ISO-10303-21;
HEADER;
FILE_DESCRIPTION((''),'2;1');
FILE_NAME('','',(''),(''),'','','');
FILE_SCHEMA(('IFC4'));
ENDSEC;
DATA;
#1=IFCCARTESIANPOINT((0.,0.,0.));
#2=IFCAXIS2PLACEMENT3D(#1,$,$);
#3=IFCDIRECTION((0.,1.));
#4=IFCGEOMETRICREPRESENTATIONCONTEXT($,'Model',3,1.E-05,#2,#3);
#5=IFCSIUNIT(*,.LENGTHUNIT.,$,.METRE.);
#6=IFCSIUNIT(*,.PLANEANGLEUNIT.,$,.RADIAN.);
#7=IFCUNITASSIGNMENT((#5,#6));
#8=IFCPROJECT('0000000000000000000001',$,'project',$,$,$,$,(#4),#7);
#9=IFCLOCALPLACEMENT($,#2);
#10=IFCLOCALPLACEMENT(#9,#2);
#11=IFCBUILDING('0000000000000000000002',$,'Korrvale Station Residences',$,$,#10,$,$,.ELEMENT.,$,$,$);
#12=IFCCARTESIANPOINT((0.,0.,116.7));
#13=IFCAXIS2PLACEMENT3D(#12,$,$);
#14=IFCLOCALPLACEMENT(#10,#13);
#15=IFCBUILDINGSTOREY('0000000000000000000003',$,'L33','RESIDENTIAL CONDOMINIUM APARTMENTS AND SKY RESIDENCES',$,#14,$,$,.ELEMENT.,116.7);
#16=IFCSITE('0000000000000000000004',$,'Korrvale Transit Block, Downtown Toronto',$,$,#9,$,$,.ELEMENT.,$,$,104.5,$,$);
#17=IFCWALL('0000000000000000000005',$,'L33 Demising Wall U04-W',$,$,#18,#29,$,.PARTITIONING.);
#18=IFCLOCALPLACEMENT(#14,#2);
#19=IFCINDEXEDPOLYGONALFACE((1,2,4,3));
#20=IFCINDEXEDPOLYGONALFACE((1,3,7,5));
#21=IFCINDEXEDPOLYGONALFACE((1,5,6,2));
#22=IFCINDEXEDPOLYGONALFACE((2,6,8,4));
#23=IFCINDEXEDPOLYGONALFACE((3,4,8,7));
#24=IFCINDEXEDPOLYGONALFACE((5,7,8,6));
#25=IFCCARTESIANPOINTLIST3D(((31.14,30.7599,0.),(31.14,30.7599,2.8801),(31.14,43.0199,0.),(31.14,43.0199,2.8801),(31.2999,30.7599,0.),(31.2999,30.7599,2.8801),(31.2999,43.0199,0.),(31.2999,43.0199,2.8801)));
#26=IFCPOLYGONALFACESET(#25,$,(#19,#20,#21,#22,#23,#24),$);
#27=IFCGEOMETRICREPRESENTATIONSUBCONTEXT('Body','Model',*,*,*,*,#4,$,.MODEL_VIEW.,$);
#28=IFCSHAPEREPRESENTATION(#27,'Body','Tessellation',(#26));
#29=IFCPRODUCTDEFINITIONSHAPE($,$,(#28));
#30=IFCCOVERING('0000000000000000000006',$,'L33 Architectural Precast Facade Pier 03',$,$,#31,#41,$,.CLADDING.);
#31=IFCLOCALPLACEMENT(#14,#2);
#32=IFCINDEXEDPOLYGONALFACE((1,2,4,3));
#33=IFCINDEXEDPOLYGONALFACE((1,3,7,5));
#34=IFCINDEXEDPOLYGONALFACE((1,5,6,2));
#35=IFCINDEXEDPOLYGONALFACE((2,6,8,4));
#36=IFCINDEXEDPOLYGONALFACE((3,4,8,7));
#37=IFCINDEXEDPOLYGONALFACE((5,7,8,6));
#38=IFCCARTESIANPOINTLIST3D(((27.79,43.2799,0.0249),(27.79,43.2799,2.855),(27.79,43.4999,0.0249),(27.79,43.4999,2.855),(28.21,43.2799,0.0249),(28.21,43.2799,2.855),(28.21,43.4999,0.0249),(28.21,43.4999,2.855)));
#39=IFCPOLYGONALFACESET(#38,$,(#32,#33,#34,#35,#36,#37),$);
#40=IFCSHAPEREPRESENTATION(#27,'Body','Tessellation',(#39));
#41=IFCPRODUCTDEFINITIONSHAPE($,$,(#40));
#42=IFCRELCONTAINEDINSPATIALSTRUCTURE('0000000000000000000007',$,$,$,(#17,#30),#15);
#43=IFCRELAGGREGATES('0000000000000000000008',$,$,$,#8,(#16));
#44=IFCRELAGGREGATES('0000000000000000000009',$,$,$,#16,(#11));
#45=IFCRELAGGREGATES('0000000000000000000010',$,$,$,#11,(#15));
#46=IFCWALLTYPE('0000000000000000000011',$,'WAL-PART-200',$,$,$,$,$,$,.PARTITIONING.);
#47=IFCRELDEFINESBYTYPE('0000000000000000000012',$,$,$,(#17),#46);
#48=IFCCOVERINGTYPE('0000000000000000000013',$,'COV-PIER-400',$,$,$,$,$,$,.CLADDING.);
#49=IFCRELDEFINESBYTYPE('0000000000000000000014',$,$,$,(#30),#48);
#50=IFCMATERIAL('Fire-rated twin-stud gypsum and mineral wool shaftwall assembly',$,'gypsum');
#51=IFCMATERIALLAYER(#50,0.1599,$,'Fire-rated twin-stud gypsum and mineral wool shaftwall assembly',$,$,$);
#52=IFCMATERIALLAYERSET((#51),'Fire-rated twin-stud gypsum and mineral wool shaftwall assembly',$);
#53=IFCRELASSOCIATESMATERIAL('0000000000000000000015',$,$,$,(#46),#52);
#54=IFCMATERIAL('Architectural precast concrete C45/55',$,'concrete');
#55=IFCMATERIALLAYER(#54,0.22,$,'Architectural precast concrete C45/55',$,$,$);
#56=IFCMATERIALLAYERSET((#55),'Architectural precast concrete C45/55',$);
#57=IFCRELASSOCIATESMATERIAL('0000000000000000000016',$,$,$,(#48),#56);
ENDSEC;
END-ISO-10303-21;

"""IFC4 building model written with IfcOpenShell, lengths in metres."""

from ifc_helpers import new_model, si_unit, direction, frame, frame_2d, origin, origin_2d, place, context, subcontext, project, spatial, rectangle, extrude, material, layer, layer_set, type_object, element, save


model = new_model("IFC4")

# Units and contexts
model_context = context("Model", 3, precision=1e-05, world=origin(), true_north=direction((0.0, 1.0)))
body_context = subcontext(model_context, "Body", "Model", "MODEL_VIEW")
ifc_project = project(units=[si_unit("LENGTHUNIT", "METRE"), si_unit("PLANEANGLEUNIT", "RADIAN")], contexts=[model_context])

# Site, building, storey
site_placement = place(None, origin())
site = spatial("IfcSite", under=ifc_project, at=site_placement, Name="Korrvale Transit Block, Downtown Toronto", CompositionType="ELEMENT", RefElevation=104.5)
building_placement = place(site_placement, origin())
building = spatial("IfcBuilding", under=site, at=building_placement, Name="Korrvale Station Residences", CompositionType="ELEMENT")
storey_placement = place(building_placement, frame((0.0, 0.0, 116.7)))
storey = spatial("IfcBuildingStorey", under=building, at=storey_placement, Name="L33", Description="RESIDENTIAL CONDOMINIUM APARTMENTS AND SKY RESIDENCES", CompositionType="ELEMENT", Elevation=116.7)

# Wall
ifc_material_1 = material(Name="Fire-rated twin-stud gypsum and mineral wool shaftwall assembly", Category="gypsum")
ifc_layer_1 = layer(ifc_material_1, 0.1599, Name="Fire-rated twin-stud gypsum and mineral wool shaftwall assembly")
ifc_layer_set_1 = layer_set([ifc_layer_1], Name="Fire-rated twin-stud gypsum and mineral wool shaftwall assembly")
wall_type_1 = type_object("IfcWallType", Name="WAL-PART-200", PredefinedType="PARTITIONING", material=ifc_layer_set_1)
wall_1_placement = place(storey_placement, frame((31.22, 30.76, 0.0), z_axis=(0.0, 0.0, 1.0), x_axis=(0.0, 1.0, 0.0)))
element("IfcWall", 1, at=wall_1_placement, inside=storey, type_object=wall_type_1, Name="L33 Demising Wall U04-W", PredefinedType="PARTITIONING", context=body_context, shape_type="SweptSolid", body=[
    extrude(rectangle(XDim=12.26, YDim=0.1599, at=frame_2d((6.1299, 0.0))), origin(), (0.0, 0.0, 1.0), 2.8801),
])

# Covering
ifc_material_2 = material(Name="Architectural precast concrete C45/55", Category="concrete")
ifc_layer_2 = layer(ifc_material_2, 0.22, Name="Architectural precast concrete C45/55")
ifc_layer_set_2 = layer_set([ifc_layer_2], Name="Architectural precast concrete C45/55")
covering_type = type_object("IfcCoveringType", Name="COV-PIER-400", PredefinedType="CLADDING", material=ifc_layer_set_2)
covering_placement = place(storey_placement, frame((28.0, 43.3899, 0.0249), z_axis=(0.0, 0.0, 1.0), x_axis=(1.0, 0.0, 0.0)))
element("IfcCovering", 2, at=covering_placement, inside=storey, type_object=covering_type, Name="L33 Architectural Precast Facade Pier 03", PredefinedType="CLADDING", context=body_context, shape_type="SweptSolid", body=[
    extrude(rectangle(XDim=0.4199, YDim=0.22, at=origin_2d()), origin(), (0.0, 0.0, 1.0), 2.8301),
])

save(model, "model.ifc")
